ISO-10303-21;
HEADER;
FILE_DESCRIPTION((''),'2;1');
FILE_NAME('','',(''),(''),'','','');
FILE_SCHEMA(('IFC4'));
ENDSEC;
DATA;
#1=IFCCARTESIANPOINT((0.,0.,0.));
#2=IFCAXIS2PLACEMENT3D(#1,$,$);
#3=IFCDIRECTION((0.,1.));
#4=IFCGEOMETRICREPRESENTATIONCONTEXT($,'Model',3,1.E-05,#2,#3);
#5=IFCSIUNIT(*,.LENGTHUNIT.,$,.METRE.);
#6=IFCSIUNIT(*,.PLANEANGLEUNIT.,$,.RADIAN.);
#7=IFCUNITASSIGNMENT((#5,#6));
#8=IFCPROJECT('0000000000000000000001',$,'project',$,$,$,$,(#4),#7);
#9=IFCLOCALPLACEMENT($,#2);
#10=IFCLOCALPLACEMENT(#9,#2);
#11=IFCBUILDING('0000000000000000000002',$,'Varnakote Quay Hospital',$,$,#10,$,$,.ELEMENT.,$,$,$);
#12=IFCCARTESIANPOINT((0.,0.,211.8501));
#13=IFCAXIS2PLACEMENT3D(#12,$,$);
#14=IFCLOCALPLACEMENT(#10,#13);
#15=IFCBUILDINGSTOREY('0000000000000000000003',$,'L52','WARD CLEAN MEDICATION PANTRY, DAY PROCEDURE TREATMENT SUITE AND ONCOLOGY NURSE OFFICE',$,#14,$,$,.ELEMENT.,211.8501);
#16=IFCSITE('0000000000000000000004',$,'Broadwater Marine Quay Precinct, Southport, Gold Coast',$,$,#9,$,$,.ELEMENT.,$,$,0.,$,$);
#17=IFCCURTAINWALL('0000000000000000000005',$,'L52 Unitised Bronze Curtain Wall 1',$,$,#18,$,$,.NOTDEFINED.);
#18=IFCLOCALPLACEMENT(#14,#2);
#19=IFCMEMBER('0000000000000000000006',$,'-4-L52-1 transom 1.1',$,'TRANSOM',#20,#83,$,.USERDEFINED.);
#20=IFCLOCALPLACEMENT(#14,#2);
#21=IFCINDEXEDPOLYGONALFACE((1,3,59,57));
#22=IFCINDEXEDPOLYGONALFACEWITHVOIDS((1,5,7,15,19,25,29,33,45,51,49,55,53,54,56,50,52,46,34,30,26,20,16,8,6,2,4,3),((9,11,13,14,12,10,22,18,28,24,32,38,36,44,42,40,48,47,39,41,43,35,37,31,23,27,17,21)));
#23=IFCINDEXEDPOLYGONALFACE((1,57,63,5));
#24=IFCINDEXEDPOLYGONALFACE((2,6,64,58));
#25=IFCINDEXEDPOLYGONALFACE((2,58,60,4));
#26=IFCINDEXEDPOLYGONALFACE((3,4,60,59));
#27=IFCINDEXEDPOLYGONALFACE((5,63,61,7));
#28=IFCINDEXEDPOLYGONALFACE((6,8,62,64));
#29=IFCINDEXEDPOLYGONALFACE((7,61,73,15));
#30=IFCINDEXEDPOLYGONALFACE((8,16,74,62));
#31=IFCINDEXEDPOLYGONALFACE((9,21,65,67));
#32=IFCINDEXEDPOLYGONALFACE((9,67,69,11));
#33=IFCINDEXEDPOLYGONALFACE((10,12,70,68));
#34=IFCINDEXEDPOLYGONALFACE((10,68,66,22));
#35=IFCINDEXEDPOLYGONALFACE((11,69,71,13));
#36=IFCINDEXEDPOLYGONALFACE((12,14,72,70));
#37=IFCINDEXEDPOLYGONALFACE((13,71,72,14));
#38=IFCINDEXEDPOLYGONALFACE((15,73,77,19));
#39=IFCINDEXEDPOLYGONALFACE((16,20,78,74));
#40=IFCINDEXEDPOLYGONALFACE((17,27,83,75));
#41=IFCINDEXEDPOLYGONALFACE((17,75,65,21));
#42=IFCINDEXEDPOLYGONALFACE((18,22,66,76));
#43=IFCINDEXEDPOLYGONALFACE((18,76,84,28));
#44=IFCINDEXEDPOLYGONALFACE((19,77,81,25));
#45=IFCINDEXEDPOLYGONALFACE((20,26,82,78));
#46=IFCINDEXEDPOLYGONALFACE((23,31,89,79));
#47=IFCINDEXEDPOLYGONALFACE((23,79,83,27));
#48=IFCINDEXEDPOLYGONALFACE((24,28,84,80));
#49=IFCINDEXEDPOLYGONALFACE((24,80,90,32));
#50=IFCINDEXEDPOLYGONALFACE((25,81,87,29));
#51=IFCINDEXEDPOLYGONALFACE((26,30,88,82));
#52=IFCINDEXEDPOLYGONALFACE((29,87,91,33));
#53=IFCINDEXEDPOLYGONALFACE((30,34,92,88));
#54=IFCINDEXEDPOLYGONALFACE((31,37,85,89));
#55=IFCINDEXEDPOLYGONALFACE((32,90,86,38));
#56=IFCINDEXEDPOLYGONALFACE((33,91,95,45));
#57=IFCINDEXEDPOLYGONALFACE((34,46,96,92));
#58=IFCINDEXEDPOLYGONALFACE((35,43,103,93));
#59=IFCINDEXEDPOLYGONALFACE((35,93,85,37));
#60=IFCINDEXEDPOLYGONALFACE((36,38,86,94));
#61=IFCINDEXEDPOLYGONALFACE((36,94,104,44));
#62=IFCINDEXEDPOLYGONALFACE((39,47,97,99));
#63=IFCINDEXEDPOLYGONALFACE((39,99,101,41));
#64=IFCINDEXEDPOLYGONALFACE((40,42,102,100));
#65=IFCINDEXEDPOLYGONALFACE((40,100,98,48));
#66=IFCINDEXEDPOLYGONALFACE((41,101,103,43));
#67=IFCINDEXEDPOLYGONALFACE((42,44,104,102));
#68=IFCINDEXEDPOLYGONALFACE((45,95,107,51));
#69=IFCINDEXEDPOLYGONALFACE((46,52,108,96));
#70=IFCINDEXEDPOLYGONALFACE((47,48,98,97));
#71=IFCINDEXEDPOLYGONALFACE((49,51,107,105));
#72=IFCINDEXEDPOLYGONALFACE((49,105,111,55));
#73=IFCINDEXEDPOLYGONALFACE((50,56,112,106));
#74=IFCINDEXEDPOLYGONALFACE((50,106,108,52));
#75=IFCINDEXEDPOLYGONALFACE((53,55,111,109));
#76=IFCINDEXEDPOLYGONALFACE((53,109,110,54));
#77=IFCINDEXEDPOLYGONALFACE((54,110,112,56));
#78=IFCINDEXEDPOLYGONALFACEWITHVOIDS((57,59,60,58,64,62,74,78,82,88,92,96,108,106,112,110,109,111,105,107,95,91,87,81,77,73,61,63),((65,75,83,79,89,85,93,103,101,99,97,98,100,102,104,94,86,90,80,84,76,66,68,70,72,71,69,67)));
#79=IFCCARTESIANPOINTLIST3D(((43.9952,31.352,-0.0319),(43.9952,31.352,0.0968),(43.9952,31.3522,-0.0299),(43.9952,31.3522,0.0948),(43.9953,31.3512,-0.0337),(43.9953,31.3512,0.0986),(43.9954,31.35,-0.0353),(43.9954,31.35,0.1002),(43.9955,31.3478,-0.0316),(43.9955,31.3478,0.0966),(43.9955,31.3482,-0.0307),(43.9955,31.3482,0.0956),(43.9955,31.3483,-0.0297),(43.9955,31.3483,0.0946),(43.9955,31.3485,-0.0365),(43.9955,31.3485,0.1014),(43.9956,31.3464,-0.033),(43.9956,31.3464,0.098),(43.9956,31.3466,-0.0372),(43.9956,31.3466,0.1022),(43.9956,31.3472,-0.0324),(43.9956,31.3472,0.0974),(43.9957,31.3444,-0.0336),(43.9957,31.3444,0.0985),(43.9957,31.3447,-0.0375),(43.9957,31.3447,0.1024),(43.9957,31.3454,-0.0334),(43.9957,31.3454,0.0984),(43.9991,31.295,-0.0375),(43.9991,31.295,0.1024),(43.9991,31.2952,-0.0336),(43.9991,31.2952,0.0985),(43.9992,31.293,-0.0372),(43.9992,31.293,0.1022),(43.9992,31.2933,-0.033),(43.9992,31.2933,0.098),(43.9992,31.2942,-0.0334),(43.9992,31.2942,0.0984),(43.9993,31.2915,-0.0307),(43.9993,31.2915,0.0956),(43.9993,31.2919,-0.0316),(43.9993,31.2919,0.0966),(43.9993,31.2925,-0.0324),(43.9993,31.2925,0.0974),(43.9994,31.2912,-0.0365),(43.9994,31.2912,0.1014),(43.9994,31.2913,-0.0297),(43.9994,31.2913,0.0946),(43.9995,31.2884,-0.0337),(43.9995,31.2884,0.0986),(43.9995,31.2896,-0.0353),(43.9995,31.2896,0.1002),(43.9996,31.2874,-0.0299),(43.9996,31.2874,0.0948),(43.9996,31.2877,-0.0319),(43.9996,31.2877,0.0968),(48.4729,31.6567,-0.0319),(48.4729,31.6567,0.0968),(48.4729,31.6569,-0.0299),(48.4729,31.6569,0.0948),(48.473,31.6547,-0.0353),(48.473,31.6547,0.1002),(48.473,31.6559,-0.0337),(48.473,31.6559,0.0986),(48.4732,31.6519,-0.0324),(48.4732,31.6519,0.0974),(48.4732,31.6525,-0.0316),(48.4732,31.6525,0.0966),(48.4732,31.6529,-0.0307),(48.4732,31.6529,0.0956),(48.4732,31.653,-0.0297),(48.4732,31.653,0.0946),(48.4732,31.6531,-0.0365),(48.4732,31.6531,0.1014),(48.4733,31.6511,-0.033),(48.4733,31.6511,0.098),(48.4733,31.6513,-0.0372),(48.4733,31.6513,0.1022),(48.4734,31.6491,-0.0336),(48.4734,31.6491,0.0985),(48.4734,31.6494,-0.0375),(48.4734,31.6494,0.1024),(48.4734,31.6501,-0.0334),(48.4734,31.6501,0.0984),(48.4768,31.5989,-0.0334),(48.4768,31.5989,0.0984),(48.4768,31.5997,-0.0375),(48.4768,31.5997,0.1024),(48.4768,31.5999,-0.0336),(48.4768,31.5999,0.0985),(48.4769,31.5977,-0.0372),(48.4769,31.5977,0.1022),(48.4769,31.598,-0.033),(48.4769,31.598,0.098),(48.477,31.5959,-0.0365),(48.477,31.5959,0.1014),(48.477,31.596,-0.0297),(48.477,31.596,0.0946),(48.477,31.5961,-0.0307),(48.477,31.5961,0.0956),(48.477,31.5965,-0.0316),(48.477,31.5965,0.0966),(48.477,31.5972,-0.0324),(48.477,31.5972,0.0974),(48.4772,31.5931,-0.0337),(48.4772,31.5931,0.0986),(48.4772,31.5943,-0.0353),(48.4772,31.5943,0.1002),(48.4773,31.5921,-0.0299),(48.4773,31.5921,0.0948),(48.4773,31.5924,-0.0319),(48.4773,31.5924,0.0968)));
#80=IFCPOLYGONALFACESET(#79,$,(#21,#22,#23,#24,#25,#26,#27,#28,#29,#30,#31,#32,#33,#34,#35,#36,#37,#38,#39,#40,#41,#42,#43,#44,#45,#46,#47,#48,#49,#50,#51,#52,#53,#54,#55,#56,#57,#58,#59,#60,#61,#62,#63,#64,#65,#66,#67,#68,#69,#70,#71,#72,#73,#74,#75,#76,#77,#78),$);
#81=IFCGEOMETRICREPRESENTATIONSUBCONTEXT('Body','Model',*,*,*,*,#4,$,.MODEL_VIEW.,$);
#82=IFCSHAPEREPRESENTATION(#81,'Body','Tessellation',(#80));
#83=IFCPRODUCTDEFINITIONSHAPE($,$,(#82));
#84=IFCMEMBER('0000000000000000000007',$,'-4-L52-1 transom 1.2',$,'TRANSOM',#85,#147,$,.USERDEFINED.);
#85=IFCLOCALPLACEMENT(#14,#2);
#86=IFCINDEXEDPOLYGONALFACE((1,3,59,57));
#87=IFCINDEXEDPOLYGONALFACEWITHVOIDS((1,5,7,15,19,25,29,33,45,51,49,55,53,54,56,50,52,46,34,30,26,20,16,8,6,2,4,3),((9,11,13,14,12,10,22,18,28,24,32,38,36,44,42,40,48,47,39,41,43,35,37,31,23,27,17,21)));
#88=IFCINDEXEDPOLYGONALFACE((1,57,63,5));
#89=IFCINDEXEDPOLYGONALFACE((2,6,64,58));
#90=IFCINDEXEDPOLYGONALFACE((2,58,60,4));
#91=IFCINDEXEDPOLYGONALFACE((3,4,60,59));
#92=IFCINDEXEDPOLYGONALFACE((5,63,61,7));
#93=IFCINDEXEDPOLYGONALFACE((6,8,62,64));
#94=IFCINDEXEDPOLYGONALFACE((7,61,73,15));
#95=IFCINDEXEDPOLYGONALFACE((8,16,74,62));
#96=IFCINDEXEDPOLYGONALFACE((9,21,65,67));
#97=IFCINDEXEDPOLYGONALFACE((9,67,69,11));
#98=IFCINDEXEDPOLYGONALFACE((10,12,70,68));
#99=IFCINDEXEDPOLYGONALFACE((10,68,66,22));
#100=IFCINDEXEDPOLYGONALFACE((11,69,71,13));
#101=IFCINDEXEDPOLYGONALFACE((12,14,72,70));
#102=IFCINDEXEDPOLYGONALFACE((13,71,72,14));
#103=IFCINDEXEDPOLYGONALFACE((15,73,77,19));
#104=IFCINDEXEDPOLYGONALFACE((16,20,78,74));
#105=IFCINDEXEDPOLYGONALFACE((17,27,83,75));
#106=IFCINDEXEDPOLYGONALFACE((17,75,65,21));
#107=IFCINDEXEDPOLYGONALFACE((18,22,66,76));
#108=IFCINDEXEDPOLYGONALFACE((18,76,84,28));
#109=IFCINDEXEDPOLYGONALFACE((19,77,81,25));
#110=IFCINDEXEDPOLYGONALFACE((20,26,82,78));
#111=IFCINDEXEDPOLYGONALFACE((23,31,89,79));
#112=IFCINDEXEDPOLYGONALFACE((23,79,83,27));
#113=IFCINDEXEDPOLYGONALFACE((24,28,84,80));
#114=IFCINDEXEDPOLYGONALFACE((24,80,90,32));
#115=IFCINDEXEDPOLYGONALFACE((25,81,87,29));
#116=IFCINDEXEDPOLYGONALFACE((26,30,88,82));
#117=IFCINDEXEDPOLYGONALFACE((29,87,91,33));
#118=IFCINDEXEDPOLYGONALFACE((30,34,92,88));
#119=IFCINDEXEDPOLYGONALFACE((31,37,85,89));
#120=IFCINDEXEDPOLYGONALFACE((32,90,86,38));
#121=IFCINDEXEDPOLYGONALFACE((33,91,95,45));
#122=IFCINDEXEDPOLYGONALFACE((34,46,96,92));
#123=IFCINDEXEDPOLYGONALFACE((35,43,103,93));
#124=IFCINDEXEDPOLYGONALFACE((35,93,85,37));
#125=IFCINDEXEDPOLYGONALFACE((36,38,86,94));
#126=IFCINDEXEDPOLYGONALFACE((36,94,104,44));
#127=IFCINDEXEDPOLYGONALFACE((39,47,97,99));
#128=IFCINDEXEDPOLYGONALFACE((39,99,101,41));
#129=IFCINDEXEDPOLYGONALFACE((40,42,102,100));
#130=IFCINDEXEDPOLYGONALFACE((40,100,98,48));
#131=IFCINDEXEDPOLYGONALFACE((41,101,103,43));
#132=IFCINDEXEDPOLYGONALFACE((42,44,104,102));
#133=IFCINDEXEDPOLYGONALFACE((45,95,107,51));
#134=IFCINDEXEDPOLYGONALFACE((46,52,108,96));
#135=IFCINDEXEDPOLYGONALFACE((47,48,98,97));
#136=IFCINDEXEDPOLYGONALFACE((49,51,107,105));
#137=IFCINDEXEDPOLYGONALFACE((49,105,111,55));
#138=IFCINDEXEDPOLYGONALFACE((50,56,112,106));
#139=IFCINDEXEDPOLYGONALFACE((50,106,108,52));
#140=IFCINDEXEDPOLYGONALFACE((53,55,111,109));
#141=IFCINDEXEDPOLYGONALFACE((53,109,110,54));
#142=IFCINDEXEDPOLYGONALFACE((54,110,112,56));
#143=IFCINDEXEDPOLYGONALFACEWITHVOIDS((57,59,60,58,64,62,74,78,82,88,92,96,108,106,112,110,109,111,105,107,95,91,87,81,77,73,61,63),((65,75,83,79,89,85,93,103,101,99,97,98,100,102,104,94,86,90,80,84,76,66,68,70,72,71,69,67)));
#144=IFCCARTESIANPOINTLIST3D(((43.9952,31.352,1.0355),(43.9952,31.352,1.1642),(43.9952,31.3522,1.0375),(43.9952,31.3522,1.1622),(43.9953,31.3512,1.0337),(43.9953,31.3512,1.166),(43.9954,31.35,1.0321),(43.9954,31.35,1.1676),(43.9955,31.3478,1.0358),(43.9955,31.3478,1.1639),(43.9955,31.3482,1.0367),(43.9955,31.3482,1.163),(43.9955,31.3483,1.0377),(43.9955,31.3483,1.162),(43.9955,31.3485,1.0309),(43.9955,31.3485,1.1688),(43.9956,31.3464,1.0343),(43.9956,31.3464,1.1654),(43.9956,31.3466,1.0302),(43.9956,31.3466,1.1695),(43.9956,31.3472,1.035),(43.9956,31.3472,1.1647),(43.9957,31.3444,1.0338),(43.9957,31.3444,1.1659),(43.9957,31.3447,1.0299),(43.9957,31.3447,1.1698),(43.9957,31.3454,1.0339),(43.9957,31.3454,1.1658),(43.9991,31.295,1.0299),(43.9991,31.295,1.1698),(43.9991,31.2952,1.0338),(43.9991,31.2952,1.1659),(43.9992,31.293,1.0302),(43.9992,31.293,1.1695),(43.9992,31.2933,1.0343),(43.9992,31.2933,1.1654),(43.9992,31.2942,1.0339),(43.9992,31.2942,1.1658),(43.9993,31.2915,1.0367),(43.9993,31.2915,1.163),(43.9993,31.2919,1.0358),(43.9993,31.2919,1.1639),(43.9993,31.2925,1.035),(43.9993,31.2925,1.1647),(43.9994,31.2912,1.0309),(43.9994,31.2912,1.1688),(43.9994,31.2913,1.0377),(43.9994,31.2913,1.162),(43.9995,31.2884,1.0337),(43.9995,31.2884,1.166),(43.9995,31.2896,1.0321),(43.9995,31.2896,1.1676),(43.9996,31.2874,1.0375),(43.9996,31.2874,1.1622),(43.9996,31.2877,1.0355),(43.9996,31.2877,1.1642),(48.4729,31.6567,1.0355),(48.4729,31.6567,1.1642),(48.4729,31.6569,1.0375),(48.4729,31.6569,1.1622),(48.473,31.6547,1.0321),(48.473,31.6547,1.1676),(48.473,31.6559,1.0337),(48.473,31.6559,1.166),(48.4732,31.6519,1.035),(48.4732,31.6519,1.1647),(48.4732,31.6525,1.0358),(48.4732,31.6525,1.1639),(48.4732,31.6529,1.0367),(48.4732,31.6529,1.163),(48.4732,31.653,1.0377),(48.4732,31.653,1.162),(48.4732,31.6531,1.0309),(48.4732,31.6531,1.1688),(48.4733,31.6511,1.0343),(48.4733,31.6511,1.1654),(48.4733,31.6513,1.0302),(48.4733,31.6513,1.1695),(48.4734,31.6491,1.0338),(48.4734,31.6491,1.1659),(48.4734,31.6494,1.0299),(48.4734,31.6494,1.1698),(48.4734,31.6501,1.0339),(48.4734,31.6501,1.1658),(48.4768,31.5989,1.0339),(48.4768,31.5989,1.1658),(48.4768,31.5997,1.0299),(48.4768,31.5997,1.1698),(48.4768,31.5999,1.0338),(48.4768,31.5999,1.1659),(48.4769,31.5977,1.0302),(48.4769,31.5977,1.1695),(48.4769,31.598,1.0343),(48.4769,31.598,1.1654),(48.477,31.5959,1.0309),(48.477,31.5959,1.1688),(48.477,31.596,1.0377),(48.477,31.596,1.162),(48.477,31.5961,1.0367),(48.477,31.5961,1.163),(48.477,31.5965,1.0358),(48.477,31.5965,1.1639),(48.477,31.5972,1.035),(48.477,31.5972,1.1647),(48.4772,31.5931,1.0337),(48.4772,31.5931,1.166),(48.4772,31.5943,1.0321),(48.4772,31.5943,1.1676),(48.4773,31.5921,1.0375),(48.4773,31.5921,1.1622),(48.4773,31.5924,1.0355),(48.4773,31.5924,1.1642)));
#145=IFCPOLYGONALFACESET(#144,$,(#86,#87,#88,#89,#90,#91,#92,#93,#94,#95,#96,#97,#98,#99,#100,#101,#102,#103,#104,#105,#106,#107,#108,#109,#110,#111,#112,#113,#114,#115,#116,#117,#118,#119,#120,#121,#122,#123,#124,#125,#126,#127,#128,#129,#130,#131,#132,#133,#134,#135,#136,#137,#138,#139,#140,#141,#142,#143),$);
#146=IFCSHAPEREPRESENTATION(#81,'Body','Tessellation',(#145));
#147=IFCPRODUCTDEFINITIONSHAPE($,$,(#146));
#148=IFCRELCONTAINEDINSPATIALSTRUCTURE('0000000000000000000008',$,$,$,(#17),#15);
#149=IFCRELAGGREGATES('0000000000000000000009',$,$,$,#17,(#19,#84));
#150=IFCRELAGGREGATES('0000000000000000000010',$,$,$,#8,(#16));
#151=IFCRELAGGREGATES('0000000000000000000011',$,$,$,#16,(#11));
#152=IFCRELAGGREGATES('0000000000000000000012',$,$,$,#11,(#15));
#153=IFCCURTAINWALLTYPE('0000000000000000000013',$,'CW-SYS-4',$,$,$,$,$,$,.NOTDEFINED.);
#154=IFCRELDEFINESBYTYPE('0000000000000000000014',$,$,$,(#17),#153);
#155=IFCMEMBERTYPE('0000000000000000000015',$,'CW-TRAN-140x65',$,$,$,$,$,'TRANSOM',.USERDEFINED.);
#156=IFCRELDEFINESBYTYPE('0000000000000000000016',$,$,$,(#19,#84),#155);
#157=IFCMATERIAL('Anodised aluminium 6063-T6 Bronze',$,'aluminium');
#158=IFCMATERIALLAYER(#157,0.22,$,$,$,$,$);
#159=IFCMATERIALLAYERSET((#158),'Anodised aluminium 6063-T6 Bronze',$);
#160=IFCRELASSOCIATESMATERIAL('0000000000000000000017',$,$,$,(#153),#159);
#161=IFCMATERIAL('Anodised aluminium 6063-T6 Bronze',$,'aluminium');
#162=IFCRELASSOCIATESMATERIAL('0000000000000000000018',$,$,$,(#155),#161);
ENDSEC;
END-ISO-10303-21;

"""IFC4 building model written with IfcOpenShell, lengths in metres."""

from ifc_helpers import new_model, si_unit, direction, frame, origin, origin_2d, place, context, subcontext, project, spatial, hollow_rectangle, extrude, material, layer, layer_set, material_profile, profile_set, type_object, element, aggregate, save


model = new_model("IFC4")

# Units and contexts
model_context = context("Model", 3, precision=1e-05, world=origin(), true_north=direction((0.0, 1.0)))
body_context = subcontext(model_context, "Body", "Model", "MODEL_VIEW")
ifc_project = project(units=[si_unit("LENGTHUNIT", "METRE"), si_unit("PLANEANGLEUNIT", "RADIAN")], contexts=[model_context])

# Site, building, storey
site_placement = place(None, origin())
site = spatial("IfcSite", under=ifc_project, at=site_placement, Name="Broadwater Marine Quay Precinct, Southport, Gold Coast", CompositionType="ELEMENT", RefElevation=0.0)
building_placement = place(site_placement, origin())
building = spatial("IfcBuilding", under=site, at=building_placement, Name="Varnakote Quay Hospital", CompositionType="ELEMENT")
storey_placement = place(building_placement, frame((0.0, 0.0, 211.8501)))
storey = spatial("IfcBuildingStorey", under=building, at=storey_placement, Name="L52", Description="WARD CLEAN MEDICATION PANTRY, DAY PROCEDURE TREATMENT SUITE AND ONCOLOGY NURSE OFFICE", CompositionType="ELEMENT", Elevation=211.8501)

# Curtain wall, members
ifc_material_1 = material(Name="Anodised aluminium 6063-T6 Bronze", Category="aluminium")
ifc_layer_1 = layer(ifc_material_1, 0.22)
ifc_layer_set_1 = layer_set([ifc_layer_1], Name="Anodised aluminium 6063-T6 Bronze")
curtain_wall_type = type_object("IfcCurtainWallType", Name="CW-SYS-4", PredefinedType="NOTDEFINED", material=ifc_layer_set_1)
curtain_wall_placement = place(storey_placement, origin())
curtain_wall = element("IfcCurtainWall", 1, at=curtain_wall_placement, inside=storey, type_object=curtain_wall_type, Name="L52 Unitised Bronze Curtain Wall 1", PredefinedType="NOTDEFINED")
ifc_material_2 = material(Name="Anodised aluminium 6063-T6 Bronze", Category="aluminium")
ifc_material_profile_1 = material_profile(ifc_material_2, hollow_rectangle(XDim=0.0649, YDim=0.1399, WallThickness=0.0039, InnerFilletRadius=0.0039, OuterFilletRadius=0.0076, at=origin_2d()), Name="CW-TRAN-140x65")
ifc_profile_set_1 = profile_set([ifc_material_profile_1], Name="Anodised aluminium 6063-T6 Bronze")
member_type_1 = type_object("IfcMemberType", Name="CW-TRAN-140x65", ElementType="TRANSOM", PredefinedType="USERDEFINED", material=ifc_profile_set_1)
member_1_placement = place(storey_placement, frame((48.4751, 31.6245, 0.0325), z_axis=(-0.997693, -0.067887, 0.0), x_axis=(0.067887, -0.997693, 0.0)))
member_1 = element("IfcMember", 2, at=member_1_placement, type_object=member_type_1, Name="-4-L52-1 transom 1.1", ObjectType="TRANSOM", PredefinedType="USERDEFINED", context=body_context, shape_type="SweptSolid", body=[
    extrude(hollow_rectangle(XDim=0.0649, YDim=0.1399, WallThickness=0.0039, InnerFilletRadius=0.0039, OuterFilletRadius=0.0076, at=origin_2d()), origin(), (0.0, 0.0, 1.0), 4.488),
])
member_2_placement = place(storey_placement, frame((48.4751, 31.6245, 1.0999), z_axis=(-0.997693, -0.067887, 0.0), x_axis=(0.067887, -0.997693, 0.0)))
member_2 = element("IfcMember", 3, at=member_2_placement, type_object=member_type_1, Name="-4-L52-1 transom 1.2", ObjectType="TRANSOM", PredefinedType="USERDEFINED", context=body_context, shape_type="SweptSolid", body=[
    extrude(hollow_rectangle(XDim=0.0649, YDim=0.1399, WallThickness=0.0039, InnerFilletRadius=0.0039, OuterFilletRadius=0.0076, at=origin_2d()), origin(), (0.0, 0.0, 1.0), 4.488),
])
aggregate(curtain_wall, [member_1, member_2])

save(model, "model.ifc")
